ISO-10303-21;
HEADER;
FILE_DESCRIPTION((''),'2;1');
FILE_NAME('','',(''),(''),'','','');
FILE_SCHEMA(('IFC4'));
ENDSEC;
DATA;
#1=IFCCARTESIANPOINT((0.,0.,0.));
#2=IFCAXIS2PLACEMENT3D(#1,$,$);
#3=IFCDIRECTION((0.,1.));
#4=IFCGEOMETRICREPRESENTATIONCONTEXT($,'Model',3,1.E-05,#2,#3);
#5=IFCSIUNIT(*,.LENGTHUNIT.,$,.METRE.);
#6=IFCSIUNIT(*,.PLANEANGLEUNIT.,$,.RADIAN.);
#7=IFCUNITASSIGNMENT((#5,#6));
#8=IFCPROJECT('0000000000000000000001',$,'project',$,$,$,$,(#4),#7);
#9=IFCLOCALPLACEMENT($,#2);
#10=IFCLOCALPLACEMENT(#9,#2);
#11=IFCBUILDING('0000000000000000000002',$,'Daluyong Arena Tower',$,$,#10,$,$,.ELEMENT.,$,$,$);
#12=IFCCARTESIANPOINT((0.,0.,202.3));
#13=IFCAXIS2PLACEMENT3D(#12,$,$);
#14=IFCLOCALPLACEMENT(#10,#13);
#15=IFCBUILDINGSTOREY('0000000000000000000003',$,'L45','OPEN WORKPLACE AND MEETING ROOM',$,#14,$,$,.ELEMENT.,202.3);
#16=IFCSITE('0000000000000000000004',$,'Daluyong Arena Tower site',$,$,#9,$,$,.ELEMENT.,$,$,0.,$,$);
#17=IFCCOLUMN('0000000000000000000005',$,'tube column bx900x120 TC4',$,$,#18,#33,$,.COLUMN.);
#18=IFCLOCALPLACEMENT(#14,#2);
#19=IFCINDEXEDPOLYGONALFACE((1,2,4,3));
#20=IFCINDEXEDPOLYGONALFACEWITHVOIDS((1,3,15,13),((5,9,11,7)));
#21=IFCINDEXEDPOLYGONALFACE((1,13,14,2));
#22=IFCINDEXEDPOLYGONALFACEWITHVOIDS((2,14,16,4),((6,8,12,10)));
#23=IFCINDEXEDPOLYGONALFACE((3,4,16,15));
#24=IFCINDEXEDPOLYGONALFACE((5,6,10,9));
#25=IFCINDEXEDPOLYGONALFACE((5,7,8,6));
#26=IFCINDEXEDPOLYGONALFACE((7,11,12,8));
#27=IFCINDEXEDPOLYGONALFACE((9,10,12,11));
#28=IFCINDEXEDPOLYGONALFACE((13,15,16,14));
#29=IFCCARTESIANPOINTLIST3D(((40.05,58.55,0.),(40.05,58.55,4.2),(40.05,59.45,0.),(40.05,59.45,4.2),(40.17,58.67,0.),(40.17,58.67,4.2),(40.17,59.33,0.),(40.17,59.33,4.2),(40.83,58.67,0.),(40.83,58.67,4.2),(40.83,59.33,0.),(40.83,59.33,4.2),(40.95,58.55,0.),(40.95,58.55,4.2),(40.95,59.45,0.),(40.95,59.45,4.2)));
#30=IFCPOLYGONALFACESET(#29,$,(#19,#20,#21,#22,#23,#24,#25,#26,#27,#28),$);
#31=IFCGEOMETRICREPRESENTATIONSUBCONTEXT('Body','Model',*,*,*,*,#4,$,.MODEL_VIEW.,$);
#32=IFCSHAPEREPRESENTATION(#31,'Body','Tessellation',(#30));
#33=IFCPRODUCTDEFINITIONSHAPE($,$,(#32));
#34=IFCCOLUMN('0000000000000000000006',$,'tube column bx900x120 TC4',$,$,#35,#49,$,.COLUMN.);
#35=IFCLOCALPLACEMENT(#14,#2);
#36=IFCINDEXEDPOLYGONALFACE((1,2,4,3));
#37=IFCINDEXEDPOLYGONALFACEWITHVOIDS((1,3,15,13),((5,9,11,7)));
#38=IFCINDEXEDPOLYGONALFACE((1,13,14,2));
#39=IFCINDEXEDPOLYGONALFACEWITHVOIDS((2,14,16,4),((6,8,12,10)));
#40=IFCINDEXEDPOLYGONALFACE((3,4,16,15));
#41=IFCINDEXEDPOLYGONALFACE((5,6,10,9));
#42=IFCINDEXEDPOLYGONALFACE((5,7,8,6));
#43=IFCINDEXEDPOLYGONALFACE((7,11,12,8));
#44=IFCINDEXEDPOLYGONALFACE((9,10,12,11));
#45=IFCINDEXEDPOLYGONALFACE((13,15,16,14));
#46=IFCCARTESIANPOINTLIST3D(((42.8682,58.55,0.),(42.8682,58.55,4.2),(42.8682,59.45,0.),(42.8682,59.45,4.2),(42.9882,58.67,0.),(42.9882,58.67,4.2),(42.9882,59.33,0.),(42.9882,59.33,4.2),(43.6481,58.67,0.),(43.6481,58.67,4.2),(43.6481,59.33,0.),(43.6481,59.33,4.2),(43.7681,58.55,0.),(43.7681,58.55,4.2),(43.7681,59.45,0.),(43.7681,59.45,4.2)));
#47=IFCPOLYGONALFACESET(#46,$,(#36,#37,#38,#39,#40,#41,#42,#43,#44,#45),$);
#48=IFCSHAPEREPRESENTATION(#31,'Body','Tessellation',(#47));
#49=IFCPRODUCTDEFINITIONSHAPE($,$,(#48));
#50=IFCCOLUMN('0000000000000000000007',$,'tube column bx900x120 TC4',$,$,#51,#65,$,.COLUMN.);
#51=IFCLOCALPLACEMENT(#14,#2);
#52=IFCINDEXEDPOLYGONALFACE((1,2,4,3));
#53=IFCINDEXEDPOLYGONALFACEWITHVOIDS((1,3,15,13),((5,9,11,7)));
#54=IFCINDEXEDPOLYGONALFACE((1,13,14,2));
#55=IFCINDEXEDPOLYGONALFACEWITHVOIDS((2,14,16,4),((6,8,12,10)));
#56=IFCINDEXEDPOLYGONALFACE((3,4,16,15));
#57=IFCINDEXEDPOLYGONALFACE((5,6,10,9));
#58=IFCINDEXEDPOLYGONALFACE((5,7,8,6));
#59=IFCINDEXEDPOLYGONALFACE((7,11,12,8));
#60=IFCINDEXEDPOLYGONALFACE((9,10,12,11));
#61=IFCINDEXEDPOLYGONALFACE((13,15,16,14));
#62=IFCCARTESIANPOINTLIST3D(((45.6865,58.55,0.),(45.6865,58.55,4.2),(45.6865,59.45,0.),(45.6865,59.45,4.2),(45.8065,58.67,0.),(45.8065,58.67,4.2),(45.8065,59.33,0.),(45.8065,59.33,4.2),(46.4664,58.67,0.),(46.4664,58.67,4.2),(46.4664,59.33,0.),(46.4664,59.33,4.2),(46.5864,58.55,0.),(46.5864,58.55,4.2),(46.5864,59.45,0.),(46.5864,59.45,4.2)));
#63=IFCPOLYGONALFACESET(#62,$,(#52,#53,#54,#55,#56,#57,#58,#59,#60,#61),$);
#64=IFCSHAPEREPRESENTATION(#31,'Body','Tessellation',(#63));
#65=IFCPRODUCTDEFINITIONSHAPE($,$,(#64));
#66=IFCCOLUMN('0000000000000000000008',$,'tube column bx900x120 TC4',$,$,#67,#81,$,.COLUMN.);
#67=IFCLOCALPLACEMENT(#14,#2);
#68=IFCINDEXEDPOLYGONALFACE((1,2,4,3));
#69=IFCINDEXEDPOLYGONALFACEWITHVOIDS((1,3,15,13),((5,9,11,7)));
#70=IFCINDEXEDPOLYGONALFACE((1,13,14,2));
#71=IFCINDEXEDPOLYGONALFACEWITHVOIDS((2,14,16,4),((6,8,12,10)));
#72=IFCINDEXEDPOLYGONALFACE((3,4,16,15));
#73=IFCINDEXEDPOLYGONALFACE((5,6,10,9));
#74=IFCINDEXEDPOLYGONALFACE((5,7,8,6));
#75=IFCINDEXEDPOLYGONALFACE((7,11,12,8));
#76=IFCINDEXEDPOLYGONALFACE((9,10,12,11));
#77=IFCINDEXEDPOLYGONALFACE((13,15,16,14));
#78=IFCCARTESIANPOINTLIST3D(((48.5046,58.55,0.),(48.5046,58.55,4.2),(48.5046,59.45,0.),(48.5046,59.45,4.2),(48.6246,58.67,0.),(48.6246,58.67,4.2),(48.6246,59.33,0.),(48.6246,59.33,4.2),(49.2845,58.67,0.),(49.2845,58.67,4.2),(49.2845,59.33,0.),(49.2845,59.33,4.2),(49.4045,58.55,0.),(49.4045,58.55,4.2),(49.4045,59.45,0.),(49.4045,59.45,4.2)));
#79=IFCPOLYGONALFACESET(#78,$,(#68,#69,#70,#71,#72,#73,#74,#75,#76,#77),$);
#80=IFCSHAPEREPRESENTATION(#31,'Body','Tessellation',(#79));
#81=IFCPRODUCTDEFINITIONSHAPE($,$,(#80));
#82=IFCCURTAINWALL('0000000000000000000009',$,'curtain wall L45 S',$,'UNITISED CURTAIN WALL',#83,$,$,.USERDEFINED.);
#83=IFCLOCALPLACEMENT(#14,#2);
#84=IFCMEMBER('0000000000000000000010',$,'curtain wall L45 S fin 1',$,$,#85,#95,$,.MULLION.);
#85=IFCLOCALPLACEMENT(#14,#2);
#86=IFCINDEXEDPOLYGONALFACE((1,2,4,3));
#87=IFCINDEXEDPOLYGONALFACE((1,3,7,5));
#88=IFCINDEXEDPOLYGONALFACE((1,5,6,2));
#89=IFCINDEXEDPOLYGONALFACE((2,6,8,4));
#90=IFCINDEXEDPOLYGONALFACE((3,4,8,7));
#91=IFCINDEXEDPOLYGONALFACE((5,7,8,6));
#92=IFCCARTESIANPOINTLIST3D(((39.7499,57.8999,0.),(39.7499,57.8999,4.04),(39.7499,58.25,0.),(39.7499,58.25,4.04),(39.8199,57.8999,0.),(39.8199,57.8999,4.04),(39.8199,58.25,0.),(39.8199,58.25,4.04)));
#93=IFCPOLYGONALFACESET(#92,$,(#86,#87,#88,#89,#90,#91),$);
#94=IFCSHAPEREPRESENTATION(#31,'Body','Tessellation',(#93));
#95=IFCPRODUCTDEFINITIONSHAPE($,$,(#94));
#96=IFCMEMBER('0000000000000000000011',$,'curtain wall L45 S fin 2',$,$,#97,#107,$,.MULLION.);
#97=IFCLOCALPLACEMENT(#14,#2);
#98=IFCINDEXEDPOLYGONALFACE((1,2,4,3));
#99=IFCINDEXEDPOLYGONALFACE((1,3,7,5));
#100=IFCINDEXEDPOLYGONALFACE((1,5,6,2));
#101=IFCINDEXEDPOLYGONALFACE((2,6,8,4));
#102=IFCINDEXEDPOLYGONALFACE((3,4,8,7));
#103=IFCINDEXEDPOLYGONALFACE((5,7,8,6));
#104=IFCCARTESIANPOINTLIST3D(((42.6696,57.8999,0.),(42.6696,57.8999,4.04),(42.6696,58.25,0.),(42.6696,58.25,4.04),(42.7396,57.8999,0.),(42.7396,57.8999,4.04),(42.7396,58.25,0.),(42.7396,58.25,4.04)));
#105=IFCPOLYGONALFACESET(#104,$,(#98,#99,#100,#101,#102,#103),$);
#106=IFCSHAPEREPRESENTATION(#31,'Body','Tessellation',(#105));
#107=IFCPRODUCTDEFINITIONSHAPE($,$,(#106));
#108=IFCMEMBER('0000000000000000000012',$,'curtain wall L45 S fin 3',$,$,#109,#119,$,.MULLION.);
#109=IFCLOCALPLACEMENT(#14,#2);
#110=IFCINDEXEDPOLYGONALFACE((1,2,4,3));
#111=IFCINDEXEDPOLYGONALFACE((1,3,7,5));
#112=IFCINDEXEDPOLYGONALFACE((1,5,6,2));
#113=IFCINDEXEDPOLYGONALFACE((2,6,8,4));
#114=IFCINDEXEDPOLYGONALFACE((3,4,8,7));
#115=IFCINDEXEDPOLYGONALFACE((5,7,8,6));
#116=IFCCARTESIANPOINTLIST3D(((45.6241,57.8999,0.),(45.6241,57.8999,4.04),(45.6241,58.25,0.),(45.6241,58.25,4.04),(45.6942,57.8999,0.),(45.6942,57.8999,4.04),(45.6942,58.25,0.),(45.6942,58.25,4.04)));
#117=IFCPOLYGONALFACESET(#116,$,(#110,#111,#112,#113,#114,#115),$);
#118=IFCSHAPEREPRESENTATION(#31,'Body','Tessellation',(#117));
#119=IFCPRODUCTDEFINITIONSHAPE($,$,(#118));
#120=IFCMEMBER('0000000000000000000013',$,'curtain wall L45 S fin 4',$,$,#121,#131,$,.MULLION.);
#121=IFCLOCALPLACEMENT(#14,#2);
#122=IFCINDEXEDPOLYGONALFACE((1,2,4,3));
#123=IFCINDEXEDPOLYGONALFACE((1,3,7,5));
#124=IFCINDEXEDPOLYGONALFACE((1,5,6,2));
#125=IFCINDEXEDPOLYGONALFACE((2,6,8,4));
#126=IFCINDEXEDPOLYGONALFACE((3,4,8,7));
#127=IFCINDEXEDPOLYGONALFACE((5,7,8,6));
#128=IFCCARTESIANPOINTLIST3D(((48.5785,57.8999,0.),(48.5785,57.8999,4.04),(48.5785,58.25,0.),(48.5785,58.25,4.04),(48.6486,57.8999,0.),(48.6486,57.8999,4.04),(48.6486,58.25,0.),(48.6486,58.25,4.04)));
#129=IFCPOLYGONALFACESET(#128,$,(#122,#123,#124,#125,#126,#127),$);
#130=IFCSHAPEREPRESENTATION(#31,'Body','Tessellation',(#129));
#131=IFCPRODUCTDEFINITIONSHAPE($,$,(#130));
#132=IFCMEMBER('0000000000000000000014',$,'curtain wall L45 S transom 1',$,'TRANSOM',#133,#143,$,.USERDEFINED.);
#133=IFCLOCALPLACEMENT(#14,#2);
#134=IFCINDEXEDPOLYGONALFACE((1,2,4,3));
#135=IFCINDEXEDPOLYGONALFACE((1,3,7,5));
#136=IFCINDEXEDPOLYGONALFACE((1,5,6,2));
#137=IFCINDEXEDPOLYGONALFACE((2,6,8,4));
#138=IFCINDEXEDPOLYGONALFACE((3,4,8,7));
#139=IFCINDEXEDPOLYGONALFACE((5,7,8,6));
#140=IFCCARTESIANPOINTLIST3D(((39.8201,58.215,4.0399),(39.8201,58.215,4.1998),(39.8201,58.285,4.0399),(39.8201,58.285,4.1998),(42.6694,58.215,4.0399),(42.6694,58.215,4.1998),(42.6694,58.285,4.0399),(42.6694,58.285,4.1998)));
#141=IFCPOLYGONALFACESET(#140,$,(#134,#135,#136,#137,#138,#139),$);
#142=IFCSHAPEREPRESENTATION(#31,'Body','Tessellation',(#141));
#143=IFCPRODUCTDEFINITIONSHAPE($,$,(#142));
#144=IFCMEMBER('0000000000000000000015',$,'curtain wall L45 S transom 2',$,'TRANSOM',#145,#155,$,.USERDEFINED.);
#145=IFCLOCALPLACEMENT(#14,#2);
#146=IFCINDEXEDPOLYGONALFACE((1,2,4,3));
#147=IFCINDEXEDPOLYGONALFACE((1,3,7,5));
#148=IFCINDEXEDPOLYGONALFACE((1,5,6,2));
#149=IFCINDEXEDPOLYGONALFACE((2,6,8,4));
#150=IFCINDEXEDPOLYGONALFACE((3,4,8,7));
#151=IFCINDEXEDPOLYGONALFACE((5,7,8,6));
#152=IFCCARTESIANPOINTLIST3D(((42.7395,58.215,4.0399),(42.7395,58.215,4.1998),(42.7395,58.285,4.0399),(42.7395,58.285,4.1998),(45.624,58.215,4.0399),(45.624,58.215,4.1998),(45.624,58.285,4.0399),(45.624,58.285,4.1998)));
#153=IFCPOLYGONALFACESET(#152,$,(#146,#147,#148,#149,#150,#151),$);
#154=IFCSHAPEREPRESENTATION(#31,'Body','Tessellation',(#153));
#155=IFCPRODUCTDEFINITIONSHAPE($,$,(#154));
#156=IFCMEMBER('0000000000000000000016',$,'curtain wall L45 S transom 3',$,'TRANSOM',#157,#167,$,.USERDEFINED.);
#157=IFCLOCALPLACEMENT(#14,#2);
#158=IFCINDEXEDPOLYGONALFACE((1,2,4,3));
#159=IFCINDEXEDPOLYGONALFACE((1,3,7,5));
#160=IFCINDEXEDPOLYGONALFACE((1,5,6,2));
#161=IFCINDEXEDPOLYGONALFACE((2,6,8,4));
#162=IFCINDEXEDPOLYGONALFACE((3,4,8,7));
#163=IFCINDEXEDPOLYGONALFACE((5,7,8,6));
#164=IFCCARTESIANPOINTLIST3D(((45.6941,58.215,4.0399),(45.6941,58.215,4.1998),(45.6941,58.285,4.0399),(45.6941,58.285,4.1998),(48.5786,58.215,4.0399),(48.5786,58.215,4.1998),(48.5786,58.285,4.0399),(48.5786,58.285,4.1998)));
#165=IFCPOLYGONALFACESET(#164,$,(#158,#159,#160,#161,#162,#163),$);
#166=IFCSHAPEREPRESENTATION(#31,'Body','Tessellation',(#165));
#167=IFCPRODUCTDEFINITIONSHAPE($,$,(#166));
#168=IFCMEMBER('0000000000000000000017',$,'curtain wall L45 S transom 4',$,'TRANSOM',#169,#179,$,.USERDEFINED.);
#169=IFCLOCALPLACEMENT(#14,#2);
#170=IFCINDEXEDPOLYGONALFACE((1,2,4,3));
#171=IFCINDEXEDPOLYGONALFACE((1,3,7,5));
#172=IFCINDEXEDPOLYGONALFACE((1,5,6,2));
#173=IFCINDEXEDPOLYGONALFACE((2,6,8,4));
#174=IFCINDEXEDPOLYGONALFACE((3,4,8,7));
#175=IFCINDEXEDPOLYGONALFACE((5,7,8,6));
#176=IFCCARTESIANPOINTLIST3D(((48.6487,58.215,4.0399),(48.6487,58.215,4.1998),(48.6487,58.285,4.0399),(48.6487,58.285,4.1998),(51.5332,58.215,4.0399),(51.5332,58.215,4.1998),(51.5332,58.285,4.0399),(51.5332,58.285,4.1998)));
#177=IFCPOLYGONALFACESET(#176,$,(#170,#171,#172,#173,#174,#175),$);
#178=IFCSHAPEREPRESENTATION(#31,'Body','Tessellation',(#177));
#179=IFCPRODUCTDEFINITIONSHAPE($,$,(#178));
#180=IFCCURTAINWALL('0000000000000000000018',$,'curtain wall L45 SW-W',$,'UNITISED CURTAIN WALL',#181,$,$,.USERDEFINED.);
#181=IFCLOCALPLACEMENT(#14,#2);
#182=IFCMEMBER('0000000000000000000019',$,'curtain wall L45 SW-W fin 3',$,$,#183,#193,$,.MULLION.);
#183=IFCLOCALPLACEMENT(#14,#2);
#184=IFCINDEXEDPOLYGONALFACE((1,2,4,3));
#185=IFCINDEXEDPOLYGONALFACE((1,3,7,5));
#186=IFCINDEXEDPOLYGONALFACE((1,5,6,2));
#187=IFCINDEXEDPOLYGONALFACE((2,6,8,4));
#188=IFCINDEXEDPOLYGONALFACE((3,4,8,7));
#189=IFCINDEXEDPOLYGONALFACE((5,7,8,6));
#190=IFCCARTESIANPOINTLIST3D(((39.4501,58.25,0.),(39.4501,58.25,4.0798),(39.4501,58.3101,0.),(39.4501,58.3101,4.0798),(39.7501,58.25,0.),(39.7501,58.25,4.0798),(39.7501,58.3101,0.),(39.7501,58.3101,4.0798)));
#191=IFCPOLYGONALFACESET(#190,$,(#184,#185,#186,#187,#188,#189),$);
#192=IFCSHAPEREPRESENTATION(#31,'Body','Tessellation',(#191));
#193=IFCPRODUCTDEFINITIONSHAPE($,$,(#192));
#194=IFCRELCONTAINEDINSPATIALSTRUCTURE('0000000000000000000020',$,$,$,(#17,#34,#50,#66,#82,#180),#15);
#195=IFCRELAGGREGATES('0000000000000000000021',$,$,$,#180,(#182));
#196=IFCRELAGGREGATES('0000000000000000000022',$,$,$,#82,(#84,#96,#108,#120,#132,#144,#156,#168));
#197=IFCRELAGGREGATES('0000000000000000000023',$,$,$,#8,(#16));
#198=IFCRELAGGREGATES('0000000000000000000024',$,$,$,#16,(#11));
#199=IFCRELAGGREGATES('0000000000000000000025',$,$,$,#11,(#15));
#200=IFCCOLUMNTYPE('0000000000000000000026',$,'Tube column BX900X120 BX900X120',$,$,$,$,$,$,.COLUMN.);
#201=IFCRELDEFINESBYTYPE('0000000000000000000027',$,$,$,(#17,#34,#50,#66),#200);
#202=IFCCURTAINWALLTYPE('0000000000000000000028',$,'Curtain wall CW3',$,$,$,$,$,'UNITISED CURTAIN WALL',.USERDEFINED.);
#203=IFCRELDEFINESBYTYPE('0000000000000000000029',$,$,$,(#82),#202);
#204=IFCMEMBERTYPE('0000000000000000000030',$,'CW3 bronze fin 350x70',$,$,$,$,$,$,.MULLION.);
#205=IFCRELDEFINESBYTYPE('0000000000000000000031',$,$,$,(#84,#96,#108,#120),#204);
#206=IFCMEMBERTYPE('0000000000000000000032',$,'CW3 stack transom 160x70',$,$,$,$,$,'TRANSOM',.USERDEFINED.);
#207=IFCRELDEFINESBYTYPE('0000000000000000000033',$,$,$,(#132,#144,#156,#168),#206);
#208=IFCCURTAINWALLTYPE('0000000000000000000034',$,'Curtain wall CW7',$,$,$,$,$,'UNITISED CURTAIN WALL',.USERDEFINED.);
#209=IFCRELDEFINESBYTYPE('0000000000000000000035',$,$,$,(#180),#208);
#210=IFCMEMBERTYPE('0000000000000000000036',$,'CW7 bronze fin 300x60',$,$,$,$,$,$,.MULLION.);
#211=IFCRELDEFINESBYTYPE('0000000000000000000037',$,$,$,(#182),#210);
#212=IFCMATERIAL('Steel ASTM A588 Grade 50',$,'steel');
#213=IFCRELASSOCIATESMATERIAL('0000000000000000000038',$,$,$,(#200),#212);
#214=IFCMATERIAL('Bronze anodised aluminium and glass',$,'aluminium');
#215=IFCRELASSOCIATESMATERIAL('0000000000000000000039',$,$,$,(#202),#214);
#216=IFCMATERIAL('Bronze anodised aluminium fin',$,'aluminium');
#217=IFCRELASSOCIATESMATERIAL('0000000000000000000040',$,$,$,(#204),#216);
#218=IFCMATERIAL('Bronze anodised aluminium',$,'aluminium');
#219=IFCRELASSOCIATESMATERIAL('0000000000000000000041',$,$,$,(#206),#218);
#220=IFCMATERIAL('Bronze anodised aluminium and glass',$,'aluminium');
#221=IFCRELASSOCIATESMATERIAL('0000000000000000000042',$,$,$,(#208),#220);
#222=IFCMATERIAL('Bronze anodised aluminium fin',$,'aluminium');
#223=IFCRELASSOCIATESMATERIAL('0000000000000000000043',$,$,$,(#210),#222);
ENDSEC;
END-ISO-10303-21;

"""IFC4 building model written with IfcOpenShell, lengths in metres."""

from ifc_helpers import new_model, si_unit, direction, frame, origin, origin_2d, place, context, subcontext, project, spatial, rectangle, hollow_rectangle, extrude, material, material_profile, profile_set, type_object, element, aggregate, save


model = new_model("IFC4")

# Units and contexts
model_context = context("Model", 3, precision=1e-05, world=origin(), true_north=direction((0.0, 1.0)))
body_context = subcontext(model_context, "Body", "Model", "MODEL_VIEW")
ifc_project = project(units=[si_unit("LENGTHUNIT", "METRE"), si_unit("PLANEANGLEUNIT", "RADIAN")], contexts=[model_context])

# Site, building, storey
site_placement = place(None, origin())
site = spatial("IfcSite", under=ifc_project, at=site_placement, Name="Daluyong Arena Tower site", CompositionType="ELEMENT", RefElevation=0.0)
building_placement = place(site_placement, origin())
building = spatial("IfcBuilding", under=site, at=building_placement, Name="Daluyong Arena Tower", CompositionType="ELEMENT")
storey_placement = place(building_placement, frame((0.0, 0.0, 202.3)))
storey = spatial("IfcBuildingStorey", under=building, at=storey_placement, Name="L45", Description="OPEN WORKPLACE AND MEETING ROOM", CompositionType="ELEMENT", Elevation=202.3)

# Columns
ifc_material_1 = material(Name="Steel ASTM A588 Grade 50", Category="steel")
ifc_material_profile_1 = material_profile(ifc_material_1, hollow_rectangle(XDim=0.8999, YDim=0.8999, WallThickness=0.12, at=origin_2d()))
ifc_profile_set_1 = profile_set([ifc_material_profile_1], Name="Steel ASTM A588 Grade 50")
column_type = type_object("IfcColumnType", Name="Tube column BX900X120 BX900X120", PredefinedType="COLUMN", material=ifc_profile_set_1)
for number, where, z_axis, x_axis, name in (
    (1, (40.5, 59.0, 0.0), (0.0, 0.0, 1.0), (1.0, 0.0, 0.0), "tube column bx900x120 TC4"),
    (2, (43.3181, 59.0, 0.0), (0.0, 0.0, 1.0), (1.0, 0.0, 0.0), "tube column bx900x120 TC4"),
    (3, (46.1365, 59.0, 0.0), (0.0, 0.0, 1.0), (1.0, 0.0, 0.0), "tube column bx900x120 TC4"),
    (4, (48.9546, 59.0, 0.0), (0.0, 0.0, 1.0), (1.0, 0.0, 0.0), "tube column bx900x120 TC4"),
):
    element("IfcColumn", number, at=place(storey_placement, frame(where, z_axis=z_axis, x_axis=x_axis)), inside=storey, type_object=column_type, Name=name, PredefinedType="COLUMN", context=body_context, shape_type="SweptSolid", body=[
        extrude(hollow_rectangle(XDim=0.8999, YDim=0.8999, WallThickness=0.12, at=origin_2d()), origin(), (0.0, 0.0, 1.0), 4.2),
    ])

# Curtain wall, members
ifc_material_2 = material(Name="Bronze anodised aluminium and glass", Category="aluminium")
curtain_wall_type_1 = type_object("IfcCurtainWallType", Name="Curtain wall CW3", ElementType="UNITISED CURTAIN WALL", PredefinedType="USERDEFINED", material=ifc_material_2)
curtain_wall_1_placement = place(storey_placement, origin())
curtain_wall_1 = element("IfcCurtainWall", 5, at=curtain_wall_1_placement, inside=storey, type_object=curtain_wall_type_1, Name="curtain wall L45 S", ObjectType="UNITISED CURTAIN WALL", PredefinedType="USERDEFINED")
ifc_material_3 = material(Name="Bronze anodised aluminium fin", Category="aluminium")
ifc_material_profile_2 = material_profile(ifc_material_3, rectangle(XDim=0.3501, YDim=0.0701, at=origin_2d()))
ifc_profile_set_2 = profile_set([ifc_material_profile_2], Name="Bronze anodised aluminium fin")
member_type_1 = type_object("IfcMemberType", Name="CW3 bronze fin 350x70", PredefinedType="MULLION", material=ifc_profile_set_2)
member_1_placement = place(storey_placement, frame((39.7849, 58.075, 0.0), z_axis=(0.0, 0.0, 1.0), x_axis=(0.0, 1.0, 0.0)))
member_1 = element("IfcMember", 6, at=member_1_placement, type_object=member_type_1, Name="curtain wall L45 S fin 1", PredefinedType="MULLION", context=body_context, shape_type="SweptSolid", body=[
    extrude(rectangle(XDim=0.3501, YDim=0.0701, at=origin_2d()), origin(), (0.0, 0.0, 1.0), 4.04),
])
member_2_placement = place(storey_placement, frame((42.7046, 58.075, 0.0), z_axis=(0.0, 0.0, 1.0), x_axis=(0.0, 1.0, 0.0)))
member_2 = element("IfcMember", 7, at=member_2_placement, type_object=member_type_1, Name="curtain wall L45 S fin 2", PredefinedType="MULLION", context=body_context, shape_type="SweptSolid", body=[
    extrude(rectangle(XDim=0.3501, YDim=0.0701, at=origin_2d()), origin(), (0.0, 0.0, 1.0), 4.04),
])
member_3_placement = place(storey_placement, frame((45.6592, 58.075, 0.0), z_axis=(0.0, 0.0, 1.0), x_axis=(0.0, 1.0, 0.0)))
member_3 = element("IfcMember", 8, at=member_3_placement, type_object=member_type_1, Name="curtain wall L45 S fin 3", PredefinedType="MULLION", context=body_context, shape_type="SweptSolid", body=[
    extrude(rectangle(XDim=0.3501, YDim=0.0701, at=origin_2d()), origin(), (0.0, 0.0, 1.0), 4.04),
])
member_4_placement = place(storey_placement, frame((48.6135, 58.075, 0.0), z_axis=(0.0, 0.0, 1.0), x_axis=(0.0, 1.0, 0.0)))
member_4 = element("IfcMember", 9, at=member_4_placement, type_object=member_type_1, Name="curtain wall L45 S fin 4", PredefinedType="MULLION", context=body_context, shape_type="SweptSolid", body=[
    extrude(rectangle(XDim=0.3501, YDim=0.0701, at=origin_2d()), origin(), (0.0, 0.0, 1.0), 4.04),
])
ifc_material_4 = material(Name="Bronze anodised aluminium", Category="aluminium")
ifc_material_profile_3 = material_profile(ifc_material_4, rectangle(XDim=0.0701, YDim=0.1599, at=origin_2d()))
ifc_profile_set_3 = profile_set([ifc_material_profile_3], Name="Bronze anodised aluminium")
member_type_2 = type_object("IfcMemberType", Name="CW3 stack transom 160x70", ElementType="TRANSOM", PredefinedType="USERDEFINED", material=ifc_profile_set_3)
member_5_placement = place(storey_placement, frame((39.8201, 58.25, 4.1199), z_axis=(1.0, 0.0, 0.0), x_axis=(0.0, 1.0, 0.0)))
member_5 = element("IfcMember", 10, at=member_5_placement, type_object=member_type_2, Name="curtain wall L45 S transom 1", ObjectType="TRANSOM", PredefinedType="USERDEFINED", context=body_context, shape_type="SweptSolid", body=[
    extrude(rectangle(XDim=0.0701, YDim=0.1599, at=origin_2d()), origin(), (0.0, 0.0, 1.0), 2.8494),
])
member_6_placement = place(storey_placement, frame((42.7395, 58.25, 4.1199), z_axis=(1.0, 0.0, 0.0), x_axis=(0.0, 1.0, 0.0)))
member_6 = element("IfcMember", 11, at=member_6_placement, type_object=member_type_2, Name="curtain wall L45 S transom 2", ObjectType="TRANSOM", PredefinedType="USERDEFINED", context=body_context, shape_type="SweptSolid", body=[
    extrude(rectangle(XDim=0.0701, YDim=0.1599, at=origin_2d()), origin(), (0.0, 0.0, 1.0), 2.8845),
])
member_7_placement = place(storey_placement, frame((45.6941, 58.25, 4.1199), z_axis=(1.0, 0.0, 0.0), x_axis=(0.0, 1.0, 0.0)))
member_7 = element("IfcMember", 12, at=member_7_placement, type_object=member_type_2, Name="curtain wall L45 S transom 3", ObjectType="TRANSOM", PredefinedType="USERDEFINED", context=body_context, shape_type="SweptSolid", body=[
    extrude(rectangle(XDim=0.0701, YDim=0.1599, at=origin_2d()), origin(), (0.0, 0.0, 1.0), 2.8845),
])
member_8_placement = place(storey_placement, frame((48.6487, 58.25, 4.1199), z_axis=(1.0, 0.0, 0.0), x_axis=(0.0, 1.0, 0.0)))
member_8 = element("IfcMember", 13, at=member_8_placement, type_object=member_type_2, Name="curtain wall L45 S transom 4", ObjectType="TRANSOM", PredefinedType="USERDEFINED", context=body_context, shape_type="SweptSolid", body=[
    extrude(rectangle(XDim=0.0701, YDim=0.1599, at=origin_2d()), origin(), (0.0, 0.0, 1.0), 2.8845),
])

# Curtain wall, member
ifc_material_5 = material(Name="Bronze anodised aluminium and glass", Category="aluminium")
curtain_wall_type_2 = type_object("IfcCurtainWallType", Name="Curtain wall CW7", ElementType="UNITISED CURTAIN WALL", PredefinedType="USERDEFINED", material=ifc_material_5)
curtain_wall_2_placement = place(storey_placement, origin())
curtain_wall_2 = element("IfcCurtainWall", 14, at=curtain_wall_2_placement, inside=storey, type_object=curtain_wall_type_2, Name="curtain wall L45 SW-W", ObjectType="UNITISED CURTAIN WALL", PredefinedType="USERDEFINED")
ifc_material_6 = material(Name="Bronze anodised aluminium fin", Category="aluminium")
ifc_material_profile_4 = material_profile(ifc_material_6, rectangle(XDim=0.3, YDim=0.0601, at=origin_2d()))
ifc_profile_set_4 = profile_set([ifc_material_profile_4], Name="Bronze anodised aluminium fin")
member_type_3 = type_object("IfcMemberType", Name="CW7 bronze fin 300x60", PredefinedType="MULLION", material=ifc_profile_set_4)
member_9_placement = place(storey_placement, frame((39.6001, 58.28, 0.0), z_axis=(0.0, 0.0, 1.0), x_axis=(1.0, 0.0, 0.0)))
member_9 = element("IfcMember", 15, at=member_9_placement, type_object=member_type_3, Name="curtain wall L45 SW-W fin 3", PredefinedType="MULLION", context=body_context, shape_type="SweptSolid", body=[
    extrude(rectangle(XDim=0.3, YDim=0.0601, at=origin_2d()), origin(), (0.0, 0.0, 1.0), 4.0798),
])
aggregate(curtain_wall_2, [member_9])

aggregate(curtain_wall_1, [member_1, member_2, member_3, member_4, member_5, member_6, member_7, member_8])

save(model, "model.ifc")
